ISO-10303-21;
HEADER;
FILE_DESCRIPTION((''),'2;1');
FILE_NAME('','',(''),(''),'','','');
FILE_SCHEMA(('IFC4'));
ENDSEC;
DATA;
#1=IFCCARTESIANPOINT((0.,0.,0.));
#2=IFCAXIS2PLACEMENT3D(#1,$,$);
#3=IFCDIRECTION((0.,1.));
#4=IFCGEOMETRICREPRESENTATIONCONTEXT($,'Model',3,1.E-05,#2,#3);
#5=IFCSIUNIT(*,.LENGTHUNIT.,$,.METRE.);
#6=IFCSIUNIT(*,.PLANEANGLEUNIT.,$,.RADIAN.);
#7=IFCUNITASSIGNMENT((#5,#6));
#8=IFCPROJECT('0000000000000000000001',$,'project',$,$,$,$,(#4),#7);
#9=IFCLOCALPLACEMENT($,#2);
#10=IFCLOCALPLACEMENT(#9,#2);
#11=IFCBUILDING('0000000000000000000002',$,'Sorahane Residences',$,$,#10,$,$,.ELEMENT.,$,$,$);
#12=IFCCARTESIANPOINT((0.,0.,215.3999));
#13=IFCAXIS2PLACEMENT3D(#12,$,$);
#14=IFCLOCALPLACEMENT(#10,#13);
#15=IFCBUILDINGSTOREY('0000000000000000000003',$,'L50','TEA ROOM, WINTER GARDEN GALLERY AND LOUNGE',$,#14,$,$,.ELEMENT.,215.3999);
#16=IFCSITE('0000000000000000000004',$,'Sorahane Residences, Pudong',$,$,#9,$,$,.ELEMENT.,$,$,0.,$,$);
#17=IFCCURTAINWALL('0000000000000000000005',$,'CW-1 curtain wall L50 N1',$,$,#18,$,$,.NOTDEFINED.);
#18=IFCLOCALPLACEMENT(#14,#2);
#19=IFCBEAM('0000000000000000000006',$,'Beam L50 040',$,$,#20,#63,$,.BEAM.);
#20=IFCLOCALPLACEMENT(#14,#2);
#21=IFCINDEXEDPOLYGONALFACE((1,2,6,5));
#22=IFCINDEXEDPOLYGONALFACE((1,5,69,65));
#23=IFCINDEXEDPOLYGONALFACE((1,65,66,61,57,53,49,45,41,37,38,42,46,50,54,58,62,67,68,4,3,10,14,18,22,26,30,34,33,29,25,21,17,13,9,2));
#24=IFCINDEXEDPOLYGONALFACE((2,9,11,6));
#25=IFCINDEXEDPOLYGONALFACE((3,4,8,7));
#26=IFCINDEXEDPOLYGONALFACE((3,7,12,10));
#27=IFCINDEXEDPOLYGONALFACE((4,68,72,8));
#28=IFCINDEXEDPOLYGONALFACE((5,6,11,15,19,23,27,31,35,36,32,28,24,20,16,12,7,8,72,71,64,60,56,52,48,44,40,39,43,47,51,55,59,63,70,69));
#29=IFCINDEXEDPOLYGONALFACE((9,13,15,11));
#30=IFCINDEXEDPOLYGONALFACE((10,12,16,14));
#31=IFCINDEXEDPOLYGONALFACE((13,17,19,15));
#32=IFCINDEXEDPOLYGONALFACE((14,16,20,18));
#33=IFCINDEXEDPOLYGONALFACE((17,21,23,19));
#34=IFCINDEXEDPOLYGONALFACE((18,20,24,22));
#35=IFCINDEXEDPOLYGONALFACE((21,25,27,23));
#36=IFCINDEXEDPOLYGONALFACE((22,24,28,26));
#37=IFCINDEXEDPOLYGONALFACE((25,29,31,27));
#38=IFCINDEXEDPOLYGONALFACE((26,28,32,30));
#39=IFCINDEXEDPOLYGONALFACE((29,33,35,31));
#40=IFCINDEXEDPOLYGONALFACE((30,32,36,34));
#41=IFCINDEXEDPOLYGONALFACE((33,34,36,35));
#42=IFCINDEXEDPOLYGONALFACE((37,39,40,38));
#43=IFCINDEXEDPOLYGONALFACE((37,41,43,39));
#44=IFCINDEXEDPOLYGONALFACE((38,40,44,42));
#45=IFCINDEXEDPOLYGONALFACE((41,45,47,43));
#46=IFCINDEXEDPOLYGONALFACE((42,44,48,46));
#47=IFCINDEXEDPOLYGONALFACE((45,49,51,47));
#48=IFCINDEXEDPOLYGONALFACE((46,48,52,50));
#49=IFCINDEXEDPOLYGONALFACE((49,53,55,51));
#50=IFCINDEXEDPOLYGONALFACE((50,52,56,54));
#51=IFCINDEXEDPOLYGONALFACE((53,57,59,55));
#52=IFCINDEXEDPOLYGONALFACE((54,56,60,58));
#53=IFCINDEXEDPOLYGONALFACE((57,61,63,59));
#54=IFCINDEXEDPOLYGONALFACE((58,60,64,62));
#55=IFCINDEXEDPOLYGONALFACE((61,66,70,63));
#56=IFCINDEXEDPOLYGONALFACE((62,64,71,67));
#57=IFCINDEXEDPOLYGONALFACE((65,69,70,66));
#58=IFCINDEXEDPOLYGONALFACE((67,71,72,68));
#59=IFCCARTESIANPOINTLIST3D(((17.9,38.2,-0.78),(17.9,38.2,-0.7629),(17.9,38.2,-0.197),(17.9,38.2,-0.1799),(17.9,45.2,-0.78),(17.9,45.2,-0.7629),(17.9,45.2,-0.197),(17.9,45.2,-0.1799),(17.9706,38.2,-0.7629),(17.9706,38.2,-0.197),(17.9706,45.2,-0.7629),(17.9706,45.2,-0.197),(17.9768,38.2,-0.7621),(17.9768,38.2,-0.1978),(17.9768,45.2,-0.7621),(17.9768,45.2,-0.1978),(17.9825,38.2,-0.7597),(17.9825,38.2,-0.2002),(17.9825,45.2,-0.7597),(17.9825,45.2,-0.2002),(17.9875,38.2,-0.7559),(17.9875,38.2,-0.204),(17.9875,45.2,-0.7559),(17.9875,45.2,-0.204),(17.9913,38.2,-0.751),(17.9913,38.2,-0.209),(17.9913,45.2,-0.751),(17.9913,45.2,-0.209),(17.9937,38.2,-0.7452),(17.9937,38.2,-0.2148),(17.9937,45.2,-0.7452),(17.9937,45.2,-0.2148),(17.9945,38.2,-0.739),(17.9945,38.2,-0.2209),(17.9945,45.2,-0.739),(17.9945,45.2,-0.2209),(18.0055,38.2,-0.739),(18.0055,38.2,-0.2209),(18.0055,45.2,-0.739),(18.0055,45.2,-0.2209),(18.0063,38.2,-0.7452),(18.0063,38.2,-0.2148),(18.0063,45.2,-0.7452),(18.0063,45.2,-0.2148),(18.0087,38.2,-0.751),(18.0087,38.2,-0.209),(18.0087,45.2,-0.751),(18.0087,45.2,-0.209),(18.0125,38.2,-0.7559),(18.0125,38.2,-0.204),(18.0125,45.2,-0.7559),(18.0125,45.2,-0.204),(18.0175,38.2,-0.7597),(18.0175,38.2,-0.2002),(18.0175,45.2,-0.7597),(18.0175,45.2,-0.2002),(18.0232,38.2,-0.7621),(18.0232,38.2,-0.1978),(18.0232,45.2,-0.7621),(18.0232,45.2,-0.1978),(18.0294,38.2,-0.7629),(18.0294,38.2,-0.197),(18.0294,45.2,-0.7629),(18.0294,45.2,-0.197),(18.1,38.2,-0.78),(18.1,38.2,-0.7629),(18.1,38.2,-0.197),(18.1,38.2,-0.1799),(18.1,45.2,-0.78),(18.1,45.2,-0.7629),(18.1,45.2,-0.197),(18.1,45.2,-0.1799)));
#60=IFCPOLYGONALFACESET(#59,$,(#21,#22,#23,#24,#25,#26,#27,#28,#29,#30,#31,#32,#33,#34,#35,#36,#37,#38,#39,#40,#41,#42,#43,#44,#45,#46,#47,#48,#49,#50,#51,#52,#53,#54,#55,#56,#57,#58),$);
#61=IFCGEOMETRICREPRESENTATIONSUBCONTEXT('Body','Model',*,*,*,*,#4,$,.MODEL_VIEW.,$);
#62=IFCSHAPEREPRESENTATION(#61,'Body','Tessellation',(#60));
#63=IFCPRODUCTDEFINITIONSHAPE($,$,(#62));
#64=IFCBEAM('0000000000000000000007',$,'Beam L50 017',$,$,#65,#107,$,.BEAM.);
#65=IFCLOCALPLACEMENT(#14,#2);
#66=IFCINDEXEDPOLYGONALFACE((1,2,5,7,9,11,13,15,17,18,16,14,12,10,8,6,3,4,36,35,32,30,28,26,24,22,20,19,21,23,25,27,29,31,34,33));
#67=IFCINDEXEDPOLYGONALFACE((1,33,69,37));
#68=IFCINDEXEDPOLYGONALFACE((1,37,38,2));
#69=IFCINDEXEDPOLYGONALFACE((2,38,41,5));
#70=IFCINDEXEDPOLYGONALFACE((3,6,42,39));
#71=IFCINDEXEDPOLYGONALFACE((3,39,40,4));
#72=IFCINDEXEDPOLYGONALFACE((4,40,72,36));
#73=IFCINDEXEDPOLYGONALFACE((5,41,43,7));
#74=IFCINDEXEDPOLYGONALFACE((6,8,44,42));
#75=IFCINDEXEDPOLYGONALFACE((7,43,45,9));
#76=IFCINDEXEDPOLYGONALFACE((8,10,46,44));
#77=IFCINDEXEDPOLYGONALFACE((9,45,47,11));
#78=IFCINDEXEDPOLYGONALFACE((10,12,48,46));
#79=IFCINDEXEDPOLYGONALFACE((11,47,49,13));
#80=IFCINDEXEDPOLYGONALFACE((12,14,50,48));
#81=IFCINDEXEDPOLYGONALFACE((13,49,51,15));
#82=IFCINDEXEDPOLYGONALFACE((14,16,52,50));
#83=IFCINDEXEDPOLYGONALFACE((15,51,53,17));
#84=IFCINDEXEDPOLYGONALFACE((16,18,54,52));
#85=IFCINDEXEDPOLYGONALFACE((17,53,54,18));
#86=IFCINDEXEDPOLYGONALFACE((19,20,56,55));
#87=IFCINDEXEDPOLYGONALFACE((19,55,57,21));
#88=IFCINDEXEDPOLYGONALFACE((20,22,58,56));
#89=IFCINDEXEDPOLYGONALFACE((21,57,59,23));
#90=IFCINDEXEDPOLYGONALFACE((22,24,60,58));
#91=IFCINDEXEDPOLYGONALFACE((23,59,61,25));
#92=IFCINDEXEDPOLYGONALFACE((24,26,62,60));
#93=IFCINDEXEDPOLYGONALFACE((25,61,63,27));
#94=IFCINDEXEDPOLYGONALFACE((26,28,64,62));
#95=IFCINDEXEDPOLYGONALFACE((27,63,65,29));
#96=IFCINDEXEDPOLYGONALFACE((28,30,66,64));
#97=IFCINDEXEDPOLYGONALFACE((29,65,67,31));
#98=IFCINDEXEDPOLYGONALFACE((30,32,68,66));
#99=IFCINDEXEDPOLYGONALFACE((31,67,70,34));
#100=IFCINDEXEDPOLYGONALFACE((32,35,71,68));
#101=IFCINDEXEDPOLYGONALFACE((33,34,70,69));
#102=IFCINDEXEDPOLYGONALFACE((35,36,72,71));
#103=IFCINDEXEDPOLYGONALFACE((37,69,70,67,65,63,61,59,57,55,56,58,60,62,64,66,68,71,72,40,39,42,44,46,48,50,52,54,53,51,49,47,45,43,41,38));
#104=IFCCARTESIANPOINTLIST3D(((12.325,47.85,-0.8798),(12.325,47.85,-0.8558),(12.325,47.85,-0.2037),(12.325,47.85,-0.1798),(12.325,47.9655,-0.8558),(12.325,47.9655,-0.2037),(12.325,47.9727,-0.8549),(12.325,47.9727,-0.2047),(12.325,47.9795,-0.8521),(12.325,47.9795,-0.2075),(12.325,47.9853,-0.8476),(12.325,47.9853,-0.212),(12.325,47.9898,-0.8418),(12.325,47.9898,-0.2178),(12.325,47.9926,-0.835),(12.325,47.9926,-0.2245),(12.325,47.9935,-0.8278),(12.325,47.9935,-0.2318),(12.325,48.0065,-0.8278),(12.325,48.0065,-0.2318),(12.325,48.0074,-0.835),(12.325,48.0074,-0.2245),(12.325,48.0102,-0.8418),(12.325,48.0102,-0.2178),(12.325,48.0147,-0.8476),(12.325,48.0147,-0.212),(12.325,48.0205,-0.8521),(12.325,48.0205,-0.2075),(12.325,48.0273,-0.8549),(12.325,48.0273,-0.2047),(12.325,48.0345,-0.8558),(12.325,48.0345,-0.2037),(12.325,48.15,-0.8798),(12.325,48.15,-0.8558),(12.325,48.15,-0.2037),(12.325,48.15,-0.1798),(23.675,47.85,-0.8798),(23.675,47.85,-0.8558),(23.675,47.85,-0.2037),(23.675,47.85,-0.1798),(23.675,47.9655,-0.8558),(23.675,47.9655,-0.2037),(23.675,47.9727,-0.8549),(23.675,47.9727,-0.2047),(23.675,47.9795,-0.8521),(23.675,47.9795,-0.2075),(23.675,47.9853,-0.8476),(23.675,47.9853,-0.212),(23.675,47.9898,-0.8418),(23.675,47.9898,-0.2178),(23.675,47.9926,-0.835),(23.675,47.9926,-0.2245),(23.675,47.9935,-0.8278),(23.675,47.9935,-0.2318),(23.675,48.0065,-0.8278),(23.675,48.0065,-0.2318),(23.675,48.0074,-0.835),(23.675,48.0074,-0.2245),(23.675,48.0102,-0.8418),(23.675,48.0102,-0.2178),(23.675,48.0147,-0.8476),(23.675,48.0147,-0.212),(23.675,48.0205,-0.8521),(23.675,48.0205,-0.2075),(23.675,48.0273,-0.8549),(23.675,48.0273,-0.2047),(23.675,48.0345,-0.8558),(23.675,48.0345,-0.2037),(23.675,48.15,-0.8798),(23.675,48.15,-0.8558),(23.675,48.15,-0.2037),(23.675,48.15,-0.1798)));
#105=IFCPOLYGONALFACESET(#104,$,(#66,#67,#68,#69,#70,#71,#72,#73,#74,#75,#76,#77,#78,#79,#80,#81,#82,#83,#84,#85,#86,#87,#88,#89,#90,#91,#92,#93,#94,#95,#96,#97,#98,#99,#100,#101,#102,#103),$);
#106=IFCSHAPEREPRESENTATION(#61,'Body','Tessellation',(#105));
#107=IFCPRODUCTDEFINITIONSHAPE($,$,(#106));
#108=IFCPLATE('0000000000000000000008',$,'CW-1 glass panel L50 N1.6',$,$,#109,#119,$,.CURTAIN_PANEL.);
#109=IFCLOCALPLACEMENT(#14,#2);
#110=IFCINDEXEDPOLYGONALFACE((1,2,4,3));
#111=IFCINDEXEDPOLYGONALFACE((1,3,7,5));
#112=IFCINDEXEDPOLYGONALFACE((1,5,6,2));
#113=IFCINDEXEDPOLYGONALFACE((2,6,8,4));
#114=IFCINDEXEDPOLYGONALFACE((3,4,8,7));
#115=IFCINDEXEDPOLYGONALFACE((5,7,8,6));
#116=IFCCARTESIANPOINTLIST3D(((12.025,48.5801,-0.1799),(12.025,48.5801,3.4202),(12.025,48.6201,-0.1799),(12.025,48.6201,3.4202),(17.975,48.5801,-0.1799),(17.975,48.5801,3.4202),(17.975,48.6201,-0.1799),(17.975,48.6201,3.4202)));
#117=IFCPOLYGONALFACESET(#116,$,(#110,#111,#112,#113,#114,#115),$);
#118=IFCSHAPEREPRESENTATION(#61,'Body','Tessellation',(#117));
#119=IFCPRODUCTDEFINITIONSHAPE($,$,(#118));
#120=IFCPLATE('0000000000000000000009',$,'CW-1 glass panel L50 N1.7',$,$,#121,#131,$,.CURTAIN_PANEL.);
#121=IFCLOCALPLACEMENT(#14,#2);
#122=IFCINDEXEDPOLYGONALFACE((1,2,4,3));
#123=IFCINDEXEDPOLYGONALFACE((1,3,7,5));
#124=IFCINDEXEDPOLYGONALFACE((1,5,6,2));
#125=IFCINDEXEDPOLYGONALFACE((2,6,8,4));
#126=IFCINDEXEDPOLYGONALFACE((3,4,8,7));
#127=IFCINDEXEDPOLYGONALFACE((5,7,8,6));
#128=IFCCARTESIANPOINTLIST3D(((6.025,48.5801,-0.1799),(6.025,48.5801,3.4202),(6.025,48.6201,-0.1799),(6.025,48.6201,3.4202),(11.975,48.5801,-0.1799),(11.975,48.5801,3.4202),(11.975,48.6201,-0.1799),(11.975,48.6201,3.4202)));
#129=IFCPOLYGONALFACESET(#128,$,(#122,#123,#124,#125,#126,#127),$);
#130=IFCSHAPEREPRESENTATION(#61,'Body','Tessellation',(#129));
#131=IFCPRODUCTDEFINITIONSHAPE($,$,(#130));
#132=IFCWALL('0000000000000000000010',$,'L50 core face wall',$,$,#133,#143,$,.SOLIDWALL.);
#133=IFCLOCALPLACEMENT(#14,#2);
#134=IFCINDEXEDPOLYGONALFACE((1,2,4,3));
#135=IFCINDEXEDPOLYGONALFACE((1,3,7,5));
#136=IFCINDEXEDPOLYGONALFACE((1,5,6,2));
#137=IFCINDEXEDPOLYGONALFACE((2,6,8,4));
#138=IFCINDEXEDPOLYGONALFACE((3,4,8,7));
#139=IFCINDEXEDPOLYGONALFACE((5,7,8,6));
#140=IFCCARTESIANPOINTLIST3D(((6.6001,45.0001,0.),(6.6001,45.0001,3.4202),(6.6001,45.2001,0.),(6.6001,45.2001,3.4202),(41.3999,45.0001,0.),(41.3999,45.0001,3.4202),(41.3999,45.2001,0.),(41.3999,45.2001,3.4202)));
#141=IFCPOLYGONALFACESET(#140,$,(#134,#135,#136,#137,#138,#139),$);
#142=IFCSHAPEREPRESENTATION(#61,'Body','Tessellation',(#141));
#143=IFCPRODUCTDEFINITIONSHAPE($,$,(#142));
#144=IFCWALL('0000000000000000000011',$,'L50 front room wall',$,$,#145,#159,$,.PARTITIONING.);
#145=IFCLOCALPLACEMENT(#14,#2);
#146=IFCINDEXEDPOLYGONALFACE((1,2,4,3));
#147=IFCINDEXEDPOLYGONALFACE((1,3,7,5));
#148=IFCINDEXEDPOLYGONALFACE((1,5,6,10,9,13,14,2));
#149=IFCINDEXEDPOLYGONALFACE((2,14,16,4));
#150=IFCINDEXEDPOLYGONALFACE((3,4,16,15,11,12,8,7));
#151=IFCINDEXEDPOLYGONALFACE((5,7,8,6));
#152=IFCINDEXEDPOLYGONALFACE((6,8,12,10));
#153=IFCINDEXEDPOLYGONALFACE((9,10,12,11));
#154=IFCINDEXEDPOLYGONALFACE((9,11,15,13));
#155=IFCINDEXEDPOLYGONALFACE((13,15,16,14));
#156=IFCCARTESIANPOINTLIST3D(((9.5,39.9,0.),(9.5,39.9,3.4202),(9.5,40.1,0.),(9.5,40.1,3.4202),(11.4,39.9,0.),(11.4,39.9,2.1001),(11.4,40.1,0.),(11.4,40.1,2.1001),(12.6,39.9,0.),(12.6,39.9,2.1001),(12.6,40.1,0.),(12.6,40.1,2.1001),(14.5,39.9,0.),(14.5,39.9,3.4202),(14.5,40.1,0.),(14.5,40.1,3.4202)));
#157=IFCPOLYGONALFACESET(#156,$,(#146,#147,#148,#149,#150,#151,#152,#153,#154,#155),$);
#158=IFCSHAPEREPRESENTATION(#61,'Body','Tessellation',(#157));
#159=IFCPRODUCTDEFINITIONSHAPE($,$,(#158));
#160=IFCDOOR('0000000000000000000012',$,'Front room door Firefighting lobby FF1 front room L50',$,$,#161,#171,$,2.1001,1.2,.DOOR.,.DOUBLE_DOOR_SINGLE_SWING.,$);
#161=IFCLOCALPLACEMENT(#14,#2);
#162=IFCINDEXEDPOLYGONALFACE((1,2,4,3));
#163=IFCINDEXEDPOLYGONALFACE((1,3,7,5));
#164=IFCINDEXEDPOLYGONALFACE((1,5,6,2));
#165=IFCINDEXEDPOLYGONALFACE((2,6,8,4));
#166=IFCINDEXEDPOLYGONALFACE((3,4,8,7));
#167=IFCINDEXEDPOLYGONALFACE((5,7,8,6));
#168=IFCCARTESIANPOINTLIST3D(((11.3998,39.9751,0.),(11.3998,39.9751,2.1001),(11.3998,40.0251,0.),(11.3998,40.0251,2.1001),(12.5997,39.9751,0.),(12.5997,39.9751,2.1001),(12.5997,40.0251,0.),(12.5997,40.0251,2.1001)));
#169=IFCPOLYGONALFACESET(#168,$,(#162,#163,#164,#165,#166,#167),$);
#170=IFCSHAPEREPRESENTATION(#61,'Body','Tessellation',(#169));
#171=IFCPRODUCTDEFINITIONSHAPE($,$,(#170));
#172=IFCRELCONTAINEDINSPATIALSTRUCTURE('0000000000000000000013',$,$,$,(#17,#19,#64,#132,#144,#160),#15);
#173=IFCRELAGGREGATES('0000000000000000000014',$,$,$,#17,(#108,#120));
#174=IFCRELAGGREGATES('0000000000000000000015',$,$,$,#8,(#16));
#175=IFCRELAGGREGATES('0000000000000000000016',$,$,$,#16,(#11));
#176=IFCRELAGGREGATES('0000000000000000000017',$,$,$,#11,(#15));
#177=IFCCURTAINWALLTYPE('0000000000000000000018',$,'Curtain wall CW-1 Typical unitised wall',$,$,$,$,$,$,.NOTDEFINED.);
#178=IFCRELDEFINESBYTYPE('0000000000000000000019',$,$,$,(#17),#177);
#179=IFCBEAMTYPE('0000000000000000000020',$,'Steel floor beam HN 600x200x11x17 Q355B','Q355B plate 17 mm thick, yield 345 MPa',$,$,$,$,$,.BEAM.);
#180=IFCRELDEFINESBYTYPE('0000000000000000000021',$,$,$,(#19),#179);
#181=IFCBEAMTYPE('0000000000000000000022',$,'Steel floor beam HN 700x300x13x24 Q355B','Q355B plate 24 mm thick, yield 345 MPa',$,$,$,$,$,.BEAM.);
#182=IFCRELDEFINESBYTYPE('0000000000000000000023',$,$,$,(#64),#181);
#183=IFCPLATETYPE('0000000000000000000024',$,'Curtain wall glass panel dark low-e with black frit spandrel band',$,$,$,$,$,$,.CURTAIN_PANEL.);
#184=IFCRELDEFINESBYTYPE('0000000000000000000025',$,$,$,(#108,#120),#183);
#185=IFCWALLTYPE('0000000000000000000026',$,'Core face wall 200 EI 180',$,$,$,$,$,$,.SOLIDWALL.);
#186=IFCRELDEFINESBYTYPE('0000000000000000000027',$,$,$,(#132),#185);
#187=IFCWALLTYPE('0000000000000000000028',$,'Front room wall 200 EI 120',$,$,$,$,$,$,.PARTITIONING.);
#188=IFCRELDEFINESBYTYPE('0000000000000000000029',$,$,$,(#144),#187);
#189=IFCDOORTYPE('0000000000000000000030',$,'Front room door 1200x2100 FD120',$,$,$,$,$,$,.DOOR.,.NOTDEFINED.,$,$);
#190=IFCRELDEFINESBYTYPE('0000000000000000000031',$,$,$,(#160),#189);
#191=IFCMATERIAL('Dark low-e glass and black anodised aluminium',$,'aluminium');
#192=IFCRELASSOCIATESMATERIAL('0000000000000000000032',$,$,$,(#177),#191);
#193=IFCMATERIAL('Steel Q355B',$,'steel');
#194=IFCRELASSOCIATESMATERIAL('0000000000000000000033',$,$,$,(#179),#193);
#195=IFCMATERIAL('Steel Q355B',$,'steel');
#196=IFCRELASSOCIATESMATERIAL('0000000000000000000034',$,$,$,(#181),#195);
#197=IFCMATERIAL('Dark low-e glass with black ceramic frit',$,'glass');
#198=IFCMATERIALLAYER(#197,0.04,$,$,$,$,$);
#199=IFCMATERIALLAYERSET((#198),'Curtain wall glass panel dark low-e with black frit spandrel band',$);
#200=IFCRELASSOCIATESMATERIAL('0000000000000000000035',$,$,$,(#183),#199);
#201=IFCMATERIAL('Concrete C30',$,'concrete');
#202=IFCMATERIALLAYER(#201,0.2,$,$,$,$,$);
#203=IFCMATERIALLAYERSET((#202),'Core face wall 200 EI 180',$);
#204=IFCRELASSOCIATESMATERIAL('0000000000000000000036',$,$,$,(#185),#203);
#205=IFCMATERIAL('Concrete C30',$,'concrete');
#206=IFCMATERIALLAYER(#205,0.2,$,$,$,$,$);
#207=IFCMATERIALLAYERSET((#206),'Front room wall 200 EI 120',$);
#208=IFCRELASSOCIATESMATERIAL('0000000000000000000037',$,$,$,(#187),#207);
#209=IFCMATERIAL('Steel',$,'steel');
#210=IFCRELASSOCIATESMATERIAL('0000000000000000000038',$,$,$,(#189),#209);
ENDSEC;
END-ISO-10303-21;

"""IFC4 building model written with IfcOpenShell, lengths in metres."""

from ifc_helpers import new_model, si_unit, direction, frame, frame_2d, origin, origin_2d, place, context, subcontext, project, spatial, rectangle, i_section, extrude, material, layer, layer_set, material_profile, profile_set, type_object, element, fill, aggregate, save


model = new_model("IFC4")

# Units and contexts
model_context = context("Model", 3, precision=1e-05, world=origin(), true_north=direction((0.0, 1.0)))
body_context = subcontext(model_context, "Body", "Model", "MODEL_VIEW")
ifc_project = project(units=[si_unit("LENGTHUNIT", "METRE"), si_unit("PLANEANGLEUNIT", "RADIAN")], contexts=[model_context])

# Site, building, storey
site_placement = place(None, origin())
site = spatial("IfcSite", under=ifc_project, at=site_placement, Name="Sorahane Residences, Pudong", CompositionType="ELEMENT", RefElevation=0.0)
building_placement = place(site_placement, origin())
building = spatial("IfcBuilding", under=site, at=building_placement, Name="Sorahane Residences", CompositionType="ELEMENT")
storey_placement = place(building_placement, frame((0.0, 0.0, 215.3999)))
storey = spatial("IfcBuildingStorey", under=building, at=storey_placement, Name="L50", Description="TEA ROOM, WINTER GARDEN GALLERY AND LOUNGE", CompositionType="ELEMENT", Elevation=215.3999)

# Curtain wall
ifc_material_1 = material(Name="Dark low-e glass and black anodised aluminium", Category="aluminium")
curtain_wall_type = type_object("IfcCurtainWallType", Name="Curtain wall CW-1 Typical unitised wall", PredefinedType="NOTDEFINED", material=ifc_material_1)
curtain_wall_placement = place(storey_placement, origin())
curtain_wall = element("IfcCurtainWall", 1, at=curtain_wall_placement, inside=storey, type_object=curtain_wall_type, Name="CW-1 curtain wall L50 N1", PredefinedType="NOTDEFINED")

# Beams
ifc_material_2 = material(Name="Steel Q355B", Category="steel")
ifc_material_profile_1 = material_profile(ifc_material_2, i_section(OverallWidth=0.2, OverallDepth=0.6001, WebThickness=0.011, FlangeThickness=0.0171, FilletRadius=0.0239, at=origin_2d()), Name="HN 600x200x11x17")
ifc_profile_set_1 = profile_set([ifc_material_profile_1], Name="Steel Q355B")
beam_type_1 = type_object("IfcBeamType", Name="Steel floor beam HN 600x200x11x17 Q355B", Description="Q355B plate 17 mm thick, yield 345 MPa", PredefinedType="BEAM", material=ifc_profile_set_1)
for number, where, z_axis, x_axis, name in (
    (2, (18.0, 38.2, -0.48), (0.0, 1.0, 0.0), (-1.0, 0.0, 0.0), "Beam L50 040"),
):
    element("IfcBeam", number, at=place(storey_placement, frame(where, z_axis=z_axis, x_axis=x_axis)), inside=storey, type_object=beam_type_1, Name=name, PredefinedType="BEAM", context=body_context, shape_type="SweptSolid", body=[
        extrude(i_section(OverallWidth=0.2, OverallDepth=0.6001, WebThickness=0.011, FlangeThickness=0.0171, FilletRadius=0.0239, at=origin_2d()), origin(), (0.0, 0.0, 1.0), 7.0),
    ])
ifc_material_3 = material(Name="Steel Q355B", Category="steel")
ifc_material_profile_2 = material_profile(ifc_material_3, i_section(OverallWidth=0.3, OverallDepth=0.7, WebThickness=0.0129, FlangeThickness=0.0239, FilletRadius=0.0281, at=origin_2d()), Name="HN 700x300x13x24")
ifc_profile_set_2 = profile_set([ifc_material_profile_2], Name="Steel Q355B")
beam_type_2 = type_object("IfcBeamType", Name="Steel floor beam HN 700x300x13x24 Q355B", Description="Q355B plate 24 mm thick, yield 345 MPa", PredefinedType="BEAM", material=ifc_profile_set_2)
beam_1_placement = place(storey_placement, frame((12.325, 48.0, -0.5298), z_axis=(1.0, 0.0, 0.0), x_axis=(0.0, 1.0, 0.0)))
element("IfcBeam", 3, at=beam_1_placement, inside=storey, type_object=beam_type_2, Name="Beam L50 017", PredefinedType="BEAM", context=body_context, shape_type="SweptSolid", body=[
    extrude(i_section(OverallWidth=0.3, OverallDepth=0.7, WebThickness=0.0129, FlangeThickness=0.0239, FilletRadius=0.0281, at=origin_2d()), origin(), (0.0, 0.0, 1.0), 11.3501),
])

# Plates
ifc_material_4 = material(Name="Dark low-e glass with black ceramic frit", Category="glass")
ifc_layer_1 = layer(ifc_material_4, 0.04)
ifc_layer_set_1 = layer_set([ifc_layer_1], Name="Curtain wall glass panel dark low-e with black frit spandrel band")
plate_type = type_object("IfcPlateType", Name="Curtain wall glass panel dark low-e with black frit spandrel band", PredefinedType="CURTAIN_PANEL", material=ifc_layer_set_1)
plate_1_placement = place(storey_placement, frame((15.0, 48.6001, -0.1799), z_axis=(0.0, 0.0, 1.0), x_axis=(-1.0, 0.0, 0.0)))
plate_1 = element("IfcPlate", 4, at=plate_1_placement, type_object=plate_type, Name="CW-1 glass panel L50 N1.6", PredefinedType="CURTAIN_PANEL", context=body_context, shape_type="SweptSolid", body=[
    extrude(rectangle(XDim=5.95, YDim=0.04, at=origin_2d()), origin(), (0.0, 0.0, 1.0), 3.6001),
])
plate_2_placement = place(storey_placement, frame((9.0, 48.6001, -0.1799), z_axis=(0.0, 0.0, 1.0), x_axis=(-1.0, 0.0, 0.0)))
plate_2 = element("IfcPlate", 5, at=plate_2_placement, type_object=plate_type, Name="CW-1 glass panel L50 N1.7", PredefinedType="CURTAIN_PANEL", context=body_context, shape_type="SweptSolid", body=[
    extrude(rectangle(XDim=5.95, YDim=0.04, at=origin_2d()), origin(), (0.0, 0.0, 1.0), 3.6001),
])
aggregate(curtain_wall, [plate_1, plate_2])

# Wall
ifc_material_5 = material(Name="Concrete C30", Category="concrete")
ifc_layer_2 = layer(ifc_material_5, 0.2)
ifc_layer_set_2 = layer_set([ifc_layer_2], Name="Core face wall 200 EI 180")
wall_type_1 = type_object("IfcWallType", Name="Core face wall 200 EI 180", PredefinedType="SOLIDWALL", material=ifc_layer_set_2)
wall_1_placement = place(storey_placement, frame((6.6001, 45.1001, 0.0), z_axis=(0.0, 0.0, 1.0), x_axis=(1.0, 0.0, 0.0)))
element("IfcWall", 6, at=wall_1_placement, inside=storey, type_object=wall_type_1, Name="L50 core face wall", PredefinedType="SOLIDWALL", context=body_context, shape_type="SweptSolid", body=[
    extrude(rectangle(XDim=34.7998, YDim=0.2, at=frame_2d((17.3999, 0.0))), origin(), (0.0, 0.0, 1.0), 3.4202),
])

# Wall, opening, door
ifc_material_6 = material(Name="Concrete C30", Category="concrete")
ifc_layer_3 = layer(ifc_material_6, 0.2)
ifc_layer_set_3 = layer_set([ifc_layer_3], Name="Front room wall 200 EI 120")
wall_type_2 = type_object("IfcWallType", Name="Front room wall 200 EI 120", PredefinedType="PARTITIONING", material=ifc_layer_set_3)
wall_2_placement = place(storey_placement, frame((9.5, 40.0, 0.0), z_axis=(0.0, 0.0, 1.0), x_axis=(1.0, 0.0, 0.0)))
wall_2 = element("IfcWall", 7, at=wall_2_placement, inside=storey, type_object=wall_type_2, Name="L50 front room wall", PredefinedType="PARTITIONING", context=body_context, shape_type="SweptSolid", body=[
    extrude(rectangle(XDim=5.0, YDim=0.2, at=frame_2d((2.5, 0.0))), origin(), (0.0, 0.0, 1.0), 3.4202),
])
opening_placement = place(wall_2_placement, frame((1.8999, 0.0, 0.0)))
opening = element("IfcOpeningElement", 8, at=opening_placement, cuts=wall_2, PredefinedType="OPENING", context=body_context, shape_type="SweptSolid", body=[
    extrude(rectangle(XDim=1.2, YDim=2.1001, at=frame_2d((0.6001, 1.05))), frame((0.0, 0.1099, 0.0), z_axis=(0.0, -1.0, 0.0), x_axis=(1.0, 0.0, 0.0)), (0.0, 0.0, 1.0), 0.22),
])
ifc_material_7 = material(Name="Steel", Category="steel")
door_type = type_object("IfcDoorType", Name="Front room door 1200x2100 FD120", OperationType="NOTDEFINED", PredefinedType="DOOR", material=ifc_material_7)
door_placement = place(opening_placement, frame((1.2, 0.0, 0.0), z_axis=(0.0, 0.0, 1.0), x_axis=(-1.0, 0.0, 0.0)))
door = element("IfcDoor", 9, at=door_placement, inside=storey, type_object=door_type, Name="Front room door Firefighting lobby FF1 front room L50", OperationType="DOUBLE_DOOR_SINGLE_SWING", OverallHeight=2.1001, OverallWidth=1.2, PredefinedType="DOOR", context=body_context, shape_type="SweptSolid", body=[
    extrude(rectangle(XDim=1.2, YDim=2.1001, at=frame_2d((0.6001, 1.05))), frame((0.0, 0.0249, 0.0), z_axis=(0.0, -1.0, 0.0), x_axis=(1.0, 0.0, 0.0)), (0.0, 0.0, 1.0), 0.05),
])
fill(opening, door)

save(model, "model.ifc")
